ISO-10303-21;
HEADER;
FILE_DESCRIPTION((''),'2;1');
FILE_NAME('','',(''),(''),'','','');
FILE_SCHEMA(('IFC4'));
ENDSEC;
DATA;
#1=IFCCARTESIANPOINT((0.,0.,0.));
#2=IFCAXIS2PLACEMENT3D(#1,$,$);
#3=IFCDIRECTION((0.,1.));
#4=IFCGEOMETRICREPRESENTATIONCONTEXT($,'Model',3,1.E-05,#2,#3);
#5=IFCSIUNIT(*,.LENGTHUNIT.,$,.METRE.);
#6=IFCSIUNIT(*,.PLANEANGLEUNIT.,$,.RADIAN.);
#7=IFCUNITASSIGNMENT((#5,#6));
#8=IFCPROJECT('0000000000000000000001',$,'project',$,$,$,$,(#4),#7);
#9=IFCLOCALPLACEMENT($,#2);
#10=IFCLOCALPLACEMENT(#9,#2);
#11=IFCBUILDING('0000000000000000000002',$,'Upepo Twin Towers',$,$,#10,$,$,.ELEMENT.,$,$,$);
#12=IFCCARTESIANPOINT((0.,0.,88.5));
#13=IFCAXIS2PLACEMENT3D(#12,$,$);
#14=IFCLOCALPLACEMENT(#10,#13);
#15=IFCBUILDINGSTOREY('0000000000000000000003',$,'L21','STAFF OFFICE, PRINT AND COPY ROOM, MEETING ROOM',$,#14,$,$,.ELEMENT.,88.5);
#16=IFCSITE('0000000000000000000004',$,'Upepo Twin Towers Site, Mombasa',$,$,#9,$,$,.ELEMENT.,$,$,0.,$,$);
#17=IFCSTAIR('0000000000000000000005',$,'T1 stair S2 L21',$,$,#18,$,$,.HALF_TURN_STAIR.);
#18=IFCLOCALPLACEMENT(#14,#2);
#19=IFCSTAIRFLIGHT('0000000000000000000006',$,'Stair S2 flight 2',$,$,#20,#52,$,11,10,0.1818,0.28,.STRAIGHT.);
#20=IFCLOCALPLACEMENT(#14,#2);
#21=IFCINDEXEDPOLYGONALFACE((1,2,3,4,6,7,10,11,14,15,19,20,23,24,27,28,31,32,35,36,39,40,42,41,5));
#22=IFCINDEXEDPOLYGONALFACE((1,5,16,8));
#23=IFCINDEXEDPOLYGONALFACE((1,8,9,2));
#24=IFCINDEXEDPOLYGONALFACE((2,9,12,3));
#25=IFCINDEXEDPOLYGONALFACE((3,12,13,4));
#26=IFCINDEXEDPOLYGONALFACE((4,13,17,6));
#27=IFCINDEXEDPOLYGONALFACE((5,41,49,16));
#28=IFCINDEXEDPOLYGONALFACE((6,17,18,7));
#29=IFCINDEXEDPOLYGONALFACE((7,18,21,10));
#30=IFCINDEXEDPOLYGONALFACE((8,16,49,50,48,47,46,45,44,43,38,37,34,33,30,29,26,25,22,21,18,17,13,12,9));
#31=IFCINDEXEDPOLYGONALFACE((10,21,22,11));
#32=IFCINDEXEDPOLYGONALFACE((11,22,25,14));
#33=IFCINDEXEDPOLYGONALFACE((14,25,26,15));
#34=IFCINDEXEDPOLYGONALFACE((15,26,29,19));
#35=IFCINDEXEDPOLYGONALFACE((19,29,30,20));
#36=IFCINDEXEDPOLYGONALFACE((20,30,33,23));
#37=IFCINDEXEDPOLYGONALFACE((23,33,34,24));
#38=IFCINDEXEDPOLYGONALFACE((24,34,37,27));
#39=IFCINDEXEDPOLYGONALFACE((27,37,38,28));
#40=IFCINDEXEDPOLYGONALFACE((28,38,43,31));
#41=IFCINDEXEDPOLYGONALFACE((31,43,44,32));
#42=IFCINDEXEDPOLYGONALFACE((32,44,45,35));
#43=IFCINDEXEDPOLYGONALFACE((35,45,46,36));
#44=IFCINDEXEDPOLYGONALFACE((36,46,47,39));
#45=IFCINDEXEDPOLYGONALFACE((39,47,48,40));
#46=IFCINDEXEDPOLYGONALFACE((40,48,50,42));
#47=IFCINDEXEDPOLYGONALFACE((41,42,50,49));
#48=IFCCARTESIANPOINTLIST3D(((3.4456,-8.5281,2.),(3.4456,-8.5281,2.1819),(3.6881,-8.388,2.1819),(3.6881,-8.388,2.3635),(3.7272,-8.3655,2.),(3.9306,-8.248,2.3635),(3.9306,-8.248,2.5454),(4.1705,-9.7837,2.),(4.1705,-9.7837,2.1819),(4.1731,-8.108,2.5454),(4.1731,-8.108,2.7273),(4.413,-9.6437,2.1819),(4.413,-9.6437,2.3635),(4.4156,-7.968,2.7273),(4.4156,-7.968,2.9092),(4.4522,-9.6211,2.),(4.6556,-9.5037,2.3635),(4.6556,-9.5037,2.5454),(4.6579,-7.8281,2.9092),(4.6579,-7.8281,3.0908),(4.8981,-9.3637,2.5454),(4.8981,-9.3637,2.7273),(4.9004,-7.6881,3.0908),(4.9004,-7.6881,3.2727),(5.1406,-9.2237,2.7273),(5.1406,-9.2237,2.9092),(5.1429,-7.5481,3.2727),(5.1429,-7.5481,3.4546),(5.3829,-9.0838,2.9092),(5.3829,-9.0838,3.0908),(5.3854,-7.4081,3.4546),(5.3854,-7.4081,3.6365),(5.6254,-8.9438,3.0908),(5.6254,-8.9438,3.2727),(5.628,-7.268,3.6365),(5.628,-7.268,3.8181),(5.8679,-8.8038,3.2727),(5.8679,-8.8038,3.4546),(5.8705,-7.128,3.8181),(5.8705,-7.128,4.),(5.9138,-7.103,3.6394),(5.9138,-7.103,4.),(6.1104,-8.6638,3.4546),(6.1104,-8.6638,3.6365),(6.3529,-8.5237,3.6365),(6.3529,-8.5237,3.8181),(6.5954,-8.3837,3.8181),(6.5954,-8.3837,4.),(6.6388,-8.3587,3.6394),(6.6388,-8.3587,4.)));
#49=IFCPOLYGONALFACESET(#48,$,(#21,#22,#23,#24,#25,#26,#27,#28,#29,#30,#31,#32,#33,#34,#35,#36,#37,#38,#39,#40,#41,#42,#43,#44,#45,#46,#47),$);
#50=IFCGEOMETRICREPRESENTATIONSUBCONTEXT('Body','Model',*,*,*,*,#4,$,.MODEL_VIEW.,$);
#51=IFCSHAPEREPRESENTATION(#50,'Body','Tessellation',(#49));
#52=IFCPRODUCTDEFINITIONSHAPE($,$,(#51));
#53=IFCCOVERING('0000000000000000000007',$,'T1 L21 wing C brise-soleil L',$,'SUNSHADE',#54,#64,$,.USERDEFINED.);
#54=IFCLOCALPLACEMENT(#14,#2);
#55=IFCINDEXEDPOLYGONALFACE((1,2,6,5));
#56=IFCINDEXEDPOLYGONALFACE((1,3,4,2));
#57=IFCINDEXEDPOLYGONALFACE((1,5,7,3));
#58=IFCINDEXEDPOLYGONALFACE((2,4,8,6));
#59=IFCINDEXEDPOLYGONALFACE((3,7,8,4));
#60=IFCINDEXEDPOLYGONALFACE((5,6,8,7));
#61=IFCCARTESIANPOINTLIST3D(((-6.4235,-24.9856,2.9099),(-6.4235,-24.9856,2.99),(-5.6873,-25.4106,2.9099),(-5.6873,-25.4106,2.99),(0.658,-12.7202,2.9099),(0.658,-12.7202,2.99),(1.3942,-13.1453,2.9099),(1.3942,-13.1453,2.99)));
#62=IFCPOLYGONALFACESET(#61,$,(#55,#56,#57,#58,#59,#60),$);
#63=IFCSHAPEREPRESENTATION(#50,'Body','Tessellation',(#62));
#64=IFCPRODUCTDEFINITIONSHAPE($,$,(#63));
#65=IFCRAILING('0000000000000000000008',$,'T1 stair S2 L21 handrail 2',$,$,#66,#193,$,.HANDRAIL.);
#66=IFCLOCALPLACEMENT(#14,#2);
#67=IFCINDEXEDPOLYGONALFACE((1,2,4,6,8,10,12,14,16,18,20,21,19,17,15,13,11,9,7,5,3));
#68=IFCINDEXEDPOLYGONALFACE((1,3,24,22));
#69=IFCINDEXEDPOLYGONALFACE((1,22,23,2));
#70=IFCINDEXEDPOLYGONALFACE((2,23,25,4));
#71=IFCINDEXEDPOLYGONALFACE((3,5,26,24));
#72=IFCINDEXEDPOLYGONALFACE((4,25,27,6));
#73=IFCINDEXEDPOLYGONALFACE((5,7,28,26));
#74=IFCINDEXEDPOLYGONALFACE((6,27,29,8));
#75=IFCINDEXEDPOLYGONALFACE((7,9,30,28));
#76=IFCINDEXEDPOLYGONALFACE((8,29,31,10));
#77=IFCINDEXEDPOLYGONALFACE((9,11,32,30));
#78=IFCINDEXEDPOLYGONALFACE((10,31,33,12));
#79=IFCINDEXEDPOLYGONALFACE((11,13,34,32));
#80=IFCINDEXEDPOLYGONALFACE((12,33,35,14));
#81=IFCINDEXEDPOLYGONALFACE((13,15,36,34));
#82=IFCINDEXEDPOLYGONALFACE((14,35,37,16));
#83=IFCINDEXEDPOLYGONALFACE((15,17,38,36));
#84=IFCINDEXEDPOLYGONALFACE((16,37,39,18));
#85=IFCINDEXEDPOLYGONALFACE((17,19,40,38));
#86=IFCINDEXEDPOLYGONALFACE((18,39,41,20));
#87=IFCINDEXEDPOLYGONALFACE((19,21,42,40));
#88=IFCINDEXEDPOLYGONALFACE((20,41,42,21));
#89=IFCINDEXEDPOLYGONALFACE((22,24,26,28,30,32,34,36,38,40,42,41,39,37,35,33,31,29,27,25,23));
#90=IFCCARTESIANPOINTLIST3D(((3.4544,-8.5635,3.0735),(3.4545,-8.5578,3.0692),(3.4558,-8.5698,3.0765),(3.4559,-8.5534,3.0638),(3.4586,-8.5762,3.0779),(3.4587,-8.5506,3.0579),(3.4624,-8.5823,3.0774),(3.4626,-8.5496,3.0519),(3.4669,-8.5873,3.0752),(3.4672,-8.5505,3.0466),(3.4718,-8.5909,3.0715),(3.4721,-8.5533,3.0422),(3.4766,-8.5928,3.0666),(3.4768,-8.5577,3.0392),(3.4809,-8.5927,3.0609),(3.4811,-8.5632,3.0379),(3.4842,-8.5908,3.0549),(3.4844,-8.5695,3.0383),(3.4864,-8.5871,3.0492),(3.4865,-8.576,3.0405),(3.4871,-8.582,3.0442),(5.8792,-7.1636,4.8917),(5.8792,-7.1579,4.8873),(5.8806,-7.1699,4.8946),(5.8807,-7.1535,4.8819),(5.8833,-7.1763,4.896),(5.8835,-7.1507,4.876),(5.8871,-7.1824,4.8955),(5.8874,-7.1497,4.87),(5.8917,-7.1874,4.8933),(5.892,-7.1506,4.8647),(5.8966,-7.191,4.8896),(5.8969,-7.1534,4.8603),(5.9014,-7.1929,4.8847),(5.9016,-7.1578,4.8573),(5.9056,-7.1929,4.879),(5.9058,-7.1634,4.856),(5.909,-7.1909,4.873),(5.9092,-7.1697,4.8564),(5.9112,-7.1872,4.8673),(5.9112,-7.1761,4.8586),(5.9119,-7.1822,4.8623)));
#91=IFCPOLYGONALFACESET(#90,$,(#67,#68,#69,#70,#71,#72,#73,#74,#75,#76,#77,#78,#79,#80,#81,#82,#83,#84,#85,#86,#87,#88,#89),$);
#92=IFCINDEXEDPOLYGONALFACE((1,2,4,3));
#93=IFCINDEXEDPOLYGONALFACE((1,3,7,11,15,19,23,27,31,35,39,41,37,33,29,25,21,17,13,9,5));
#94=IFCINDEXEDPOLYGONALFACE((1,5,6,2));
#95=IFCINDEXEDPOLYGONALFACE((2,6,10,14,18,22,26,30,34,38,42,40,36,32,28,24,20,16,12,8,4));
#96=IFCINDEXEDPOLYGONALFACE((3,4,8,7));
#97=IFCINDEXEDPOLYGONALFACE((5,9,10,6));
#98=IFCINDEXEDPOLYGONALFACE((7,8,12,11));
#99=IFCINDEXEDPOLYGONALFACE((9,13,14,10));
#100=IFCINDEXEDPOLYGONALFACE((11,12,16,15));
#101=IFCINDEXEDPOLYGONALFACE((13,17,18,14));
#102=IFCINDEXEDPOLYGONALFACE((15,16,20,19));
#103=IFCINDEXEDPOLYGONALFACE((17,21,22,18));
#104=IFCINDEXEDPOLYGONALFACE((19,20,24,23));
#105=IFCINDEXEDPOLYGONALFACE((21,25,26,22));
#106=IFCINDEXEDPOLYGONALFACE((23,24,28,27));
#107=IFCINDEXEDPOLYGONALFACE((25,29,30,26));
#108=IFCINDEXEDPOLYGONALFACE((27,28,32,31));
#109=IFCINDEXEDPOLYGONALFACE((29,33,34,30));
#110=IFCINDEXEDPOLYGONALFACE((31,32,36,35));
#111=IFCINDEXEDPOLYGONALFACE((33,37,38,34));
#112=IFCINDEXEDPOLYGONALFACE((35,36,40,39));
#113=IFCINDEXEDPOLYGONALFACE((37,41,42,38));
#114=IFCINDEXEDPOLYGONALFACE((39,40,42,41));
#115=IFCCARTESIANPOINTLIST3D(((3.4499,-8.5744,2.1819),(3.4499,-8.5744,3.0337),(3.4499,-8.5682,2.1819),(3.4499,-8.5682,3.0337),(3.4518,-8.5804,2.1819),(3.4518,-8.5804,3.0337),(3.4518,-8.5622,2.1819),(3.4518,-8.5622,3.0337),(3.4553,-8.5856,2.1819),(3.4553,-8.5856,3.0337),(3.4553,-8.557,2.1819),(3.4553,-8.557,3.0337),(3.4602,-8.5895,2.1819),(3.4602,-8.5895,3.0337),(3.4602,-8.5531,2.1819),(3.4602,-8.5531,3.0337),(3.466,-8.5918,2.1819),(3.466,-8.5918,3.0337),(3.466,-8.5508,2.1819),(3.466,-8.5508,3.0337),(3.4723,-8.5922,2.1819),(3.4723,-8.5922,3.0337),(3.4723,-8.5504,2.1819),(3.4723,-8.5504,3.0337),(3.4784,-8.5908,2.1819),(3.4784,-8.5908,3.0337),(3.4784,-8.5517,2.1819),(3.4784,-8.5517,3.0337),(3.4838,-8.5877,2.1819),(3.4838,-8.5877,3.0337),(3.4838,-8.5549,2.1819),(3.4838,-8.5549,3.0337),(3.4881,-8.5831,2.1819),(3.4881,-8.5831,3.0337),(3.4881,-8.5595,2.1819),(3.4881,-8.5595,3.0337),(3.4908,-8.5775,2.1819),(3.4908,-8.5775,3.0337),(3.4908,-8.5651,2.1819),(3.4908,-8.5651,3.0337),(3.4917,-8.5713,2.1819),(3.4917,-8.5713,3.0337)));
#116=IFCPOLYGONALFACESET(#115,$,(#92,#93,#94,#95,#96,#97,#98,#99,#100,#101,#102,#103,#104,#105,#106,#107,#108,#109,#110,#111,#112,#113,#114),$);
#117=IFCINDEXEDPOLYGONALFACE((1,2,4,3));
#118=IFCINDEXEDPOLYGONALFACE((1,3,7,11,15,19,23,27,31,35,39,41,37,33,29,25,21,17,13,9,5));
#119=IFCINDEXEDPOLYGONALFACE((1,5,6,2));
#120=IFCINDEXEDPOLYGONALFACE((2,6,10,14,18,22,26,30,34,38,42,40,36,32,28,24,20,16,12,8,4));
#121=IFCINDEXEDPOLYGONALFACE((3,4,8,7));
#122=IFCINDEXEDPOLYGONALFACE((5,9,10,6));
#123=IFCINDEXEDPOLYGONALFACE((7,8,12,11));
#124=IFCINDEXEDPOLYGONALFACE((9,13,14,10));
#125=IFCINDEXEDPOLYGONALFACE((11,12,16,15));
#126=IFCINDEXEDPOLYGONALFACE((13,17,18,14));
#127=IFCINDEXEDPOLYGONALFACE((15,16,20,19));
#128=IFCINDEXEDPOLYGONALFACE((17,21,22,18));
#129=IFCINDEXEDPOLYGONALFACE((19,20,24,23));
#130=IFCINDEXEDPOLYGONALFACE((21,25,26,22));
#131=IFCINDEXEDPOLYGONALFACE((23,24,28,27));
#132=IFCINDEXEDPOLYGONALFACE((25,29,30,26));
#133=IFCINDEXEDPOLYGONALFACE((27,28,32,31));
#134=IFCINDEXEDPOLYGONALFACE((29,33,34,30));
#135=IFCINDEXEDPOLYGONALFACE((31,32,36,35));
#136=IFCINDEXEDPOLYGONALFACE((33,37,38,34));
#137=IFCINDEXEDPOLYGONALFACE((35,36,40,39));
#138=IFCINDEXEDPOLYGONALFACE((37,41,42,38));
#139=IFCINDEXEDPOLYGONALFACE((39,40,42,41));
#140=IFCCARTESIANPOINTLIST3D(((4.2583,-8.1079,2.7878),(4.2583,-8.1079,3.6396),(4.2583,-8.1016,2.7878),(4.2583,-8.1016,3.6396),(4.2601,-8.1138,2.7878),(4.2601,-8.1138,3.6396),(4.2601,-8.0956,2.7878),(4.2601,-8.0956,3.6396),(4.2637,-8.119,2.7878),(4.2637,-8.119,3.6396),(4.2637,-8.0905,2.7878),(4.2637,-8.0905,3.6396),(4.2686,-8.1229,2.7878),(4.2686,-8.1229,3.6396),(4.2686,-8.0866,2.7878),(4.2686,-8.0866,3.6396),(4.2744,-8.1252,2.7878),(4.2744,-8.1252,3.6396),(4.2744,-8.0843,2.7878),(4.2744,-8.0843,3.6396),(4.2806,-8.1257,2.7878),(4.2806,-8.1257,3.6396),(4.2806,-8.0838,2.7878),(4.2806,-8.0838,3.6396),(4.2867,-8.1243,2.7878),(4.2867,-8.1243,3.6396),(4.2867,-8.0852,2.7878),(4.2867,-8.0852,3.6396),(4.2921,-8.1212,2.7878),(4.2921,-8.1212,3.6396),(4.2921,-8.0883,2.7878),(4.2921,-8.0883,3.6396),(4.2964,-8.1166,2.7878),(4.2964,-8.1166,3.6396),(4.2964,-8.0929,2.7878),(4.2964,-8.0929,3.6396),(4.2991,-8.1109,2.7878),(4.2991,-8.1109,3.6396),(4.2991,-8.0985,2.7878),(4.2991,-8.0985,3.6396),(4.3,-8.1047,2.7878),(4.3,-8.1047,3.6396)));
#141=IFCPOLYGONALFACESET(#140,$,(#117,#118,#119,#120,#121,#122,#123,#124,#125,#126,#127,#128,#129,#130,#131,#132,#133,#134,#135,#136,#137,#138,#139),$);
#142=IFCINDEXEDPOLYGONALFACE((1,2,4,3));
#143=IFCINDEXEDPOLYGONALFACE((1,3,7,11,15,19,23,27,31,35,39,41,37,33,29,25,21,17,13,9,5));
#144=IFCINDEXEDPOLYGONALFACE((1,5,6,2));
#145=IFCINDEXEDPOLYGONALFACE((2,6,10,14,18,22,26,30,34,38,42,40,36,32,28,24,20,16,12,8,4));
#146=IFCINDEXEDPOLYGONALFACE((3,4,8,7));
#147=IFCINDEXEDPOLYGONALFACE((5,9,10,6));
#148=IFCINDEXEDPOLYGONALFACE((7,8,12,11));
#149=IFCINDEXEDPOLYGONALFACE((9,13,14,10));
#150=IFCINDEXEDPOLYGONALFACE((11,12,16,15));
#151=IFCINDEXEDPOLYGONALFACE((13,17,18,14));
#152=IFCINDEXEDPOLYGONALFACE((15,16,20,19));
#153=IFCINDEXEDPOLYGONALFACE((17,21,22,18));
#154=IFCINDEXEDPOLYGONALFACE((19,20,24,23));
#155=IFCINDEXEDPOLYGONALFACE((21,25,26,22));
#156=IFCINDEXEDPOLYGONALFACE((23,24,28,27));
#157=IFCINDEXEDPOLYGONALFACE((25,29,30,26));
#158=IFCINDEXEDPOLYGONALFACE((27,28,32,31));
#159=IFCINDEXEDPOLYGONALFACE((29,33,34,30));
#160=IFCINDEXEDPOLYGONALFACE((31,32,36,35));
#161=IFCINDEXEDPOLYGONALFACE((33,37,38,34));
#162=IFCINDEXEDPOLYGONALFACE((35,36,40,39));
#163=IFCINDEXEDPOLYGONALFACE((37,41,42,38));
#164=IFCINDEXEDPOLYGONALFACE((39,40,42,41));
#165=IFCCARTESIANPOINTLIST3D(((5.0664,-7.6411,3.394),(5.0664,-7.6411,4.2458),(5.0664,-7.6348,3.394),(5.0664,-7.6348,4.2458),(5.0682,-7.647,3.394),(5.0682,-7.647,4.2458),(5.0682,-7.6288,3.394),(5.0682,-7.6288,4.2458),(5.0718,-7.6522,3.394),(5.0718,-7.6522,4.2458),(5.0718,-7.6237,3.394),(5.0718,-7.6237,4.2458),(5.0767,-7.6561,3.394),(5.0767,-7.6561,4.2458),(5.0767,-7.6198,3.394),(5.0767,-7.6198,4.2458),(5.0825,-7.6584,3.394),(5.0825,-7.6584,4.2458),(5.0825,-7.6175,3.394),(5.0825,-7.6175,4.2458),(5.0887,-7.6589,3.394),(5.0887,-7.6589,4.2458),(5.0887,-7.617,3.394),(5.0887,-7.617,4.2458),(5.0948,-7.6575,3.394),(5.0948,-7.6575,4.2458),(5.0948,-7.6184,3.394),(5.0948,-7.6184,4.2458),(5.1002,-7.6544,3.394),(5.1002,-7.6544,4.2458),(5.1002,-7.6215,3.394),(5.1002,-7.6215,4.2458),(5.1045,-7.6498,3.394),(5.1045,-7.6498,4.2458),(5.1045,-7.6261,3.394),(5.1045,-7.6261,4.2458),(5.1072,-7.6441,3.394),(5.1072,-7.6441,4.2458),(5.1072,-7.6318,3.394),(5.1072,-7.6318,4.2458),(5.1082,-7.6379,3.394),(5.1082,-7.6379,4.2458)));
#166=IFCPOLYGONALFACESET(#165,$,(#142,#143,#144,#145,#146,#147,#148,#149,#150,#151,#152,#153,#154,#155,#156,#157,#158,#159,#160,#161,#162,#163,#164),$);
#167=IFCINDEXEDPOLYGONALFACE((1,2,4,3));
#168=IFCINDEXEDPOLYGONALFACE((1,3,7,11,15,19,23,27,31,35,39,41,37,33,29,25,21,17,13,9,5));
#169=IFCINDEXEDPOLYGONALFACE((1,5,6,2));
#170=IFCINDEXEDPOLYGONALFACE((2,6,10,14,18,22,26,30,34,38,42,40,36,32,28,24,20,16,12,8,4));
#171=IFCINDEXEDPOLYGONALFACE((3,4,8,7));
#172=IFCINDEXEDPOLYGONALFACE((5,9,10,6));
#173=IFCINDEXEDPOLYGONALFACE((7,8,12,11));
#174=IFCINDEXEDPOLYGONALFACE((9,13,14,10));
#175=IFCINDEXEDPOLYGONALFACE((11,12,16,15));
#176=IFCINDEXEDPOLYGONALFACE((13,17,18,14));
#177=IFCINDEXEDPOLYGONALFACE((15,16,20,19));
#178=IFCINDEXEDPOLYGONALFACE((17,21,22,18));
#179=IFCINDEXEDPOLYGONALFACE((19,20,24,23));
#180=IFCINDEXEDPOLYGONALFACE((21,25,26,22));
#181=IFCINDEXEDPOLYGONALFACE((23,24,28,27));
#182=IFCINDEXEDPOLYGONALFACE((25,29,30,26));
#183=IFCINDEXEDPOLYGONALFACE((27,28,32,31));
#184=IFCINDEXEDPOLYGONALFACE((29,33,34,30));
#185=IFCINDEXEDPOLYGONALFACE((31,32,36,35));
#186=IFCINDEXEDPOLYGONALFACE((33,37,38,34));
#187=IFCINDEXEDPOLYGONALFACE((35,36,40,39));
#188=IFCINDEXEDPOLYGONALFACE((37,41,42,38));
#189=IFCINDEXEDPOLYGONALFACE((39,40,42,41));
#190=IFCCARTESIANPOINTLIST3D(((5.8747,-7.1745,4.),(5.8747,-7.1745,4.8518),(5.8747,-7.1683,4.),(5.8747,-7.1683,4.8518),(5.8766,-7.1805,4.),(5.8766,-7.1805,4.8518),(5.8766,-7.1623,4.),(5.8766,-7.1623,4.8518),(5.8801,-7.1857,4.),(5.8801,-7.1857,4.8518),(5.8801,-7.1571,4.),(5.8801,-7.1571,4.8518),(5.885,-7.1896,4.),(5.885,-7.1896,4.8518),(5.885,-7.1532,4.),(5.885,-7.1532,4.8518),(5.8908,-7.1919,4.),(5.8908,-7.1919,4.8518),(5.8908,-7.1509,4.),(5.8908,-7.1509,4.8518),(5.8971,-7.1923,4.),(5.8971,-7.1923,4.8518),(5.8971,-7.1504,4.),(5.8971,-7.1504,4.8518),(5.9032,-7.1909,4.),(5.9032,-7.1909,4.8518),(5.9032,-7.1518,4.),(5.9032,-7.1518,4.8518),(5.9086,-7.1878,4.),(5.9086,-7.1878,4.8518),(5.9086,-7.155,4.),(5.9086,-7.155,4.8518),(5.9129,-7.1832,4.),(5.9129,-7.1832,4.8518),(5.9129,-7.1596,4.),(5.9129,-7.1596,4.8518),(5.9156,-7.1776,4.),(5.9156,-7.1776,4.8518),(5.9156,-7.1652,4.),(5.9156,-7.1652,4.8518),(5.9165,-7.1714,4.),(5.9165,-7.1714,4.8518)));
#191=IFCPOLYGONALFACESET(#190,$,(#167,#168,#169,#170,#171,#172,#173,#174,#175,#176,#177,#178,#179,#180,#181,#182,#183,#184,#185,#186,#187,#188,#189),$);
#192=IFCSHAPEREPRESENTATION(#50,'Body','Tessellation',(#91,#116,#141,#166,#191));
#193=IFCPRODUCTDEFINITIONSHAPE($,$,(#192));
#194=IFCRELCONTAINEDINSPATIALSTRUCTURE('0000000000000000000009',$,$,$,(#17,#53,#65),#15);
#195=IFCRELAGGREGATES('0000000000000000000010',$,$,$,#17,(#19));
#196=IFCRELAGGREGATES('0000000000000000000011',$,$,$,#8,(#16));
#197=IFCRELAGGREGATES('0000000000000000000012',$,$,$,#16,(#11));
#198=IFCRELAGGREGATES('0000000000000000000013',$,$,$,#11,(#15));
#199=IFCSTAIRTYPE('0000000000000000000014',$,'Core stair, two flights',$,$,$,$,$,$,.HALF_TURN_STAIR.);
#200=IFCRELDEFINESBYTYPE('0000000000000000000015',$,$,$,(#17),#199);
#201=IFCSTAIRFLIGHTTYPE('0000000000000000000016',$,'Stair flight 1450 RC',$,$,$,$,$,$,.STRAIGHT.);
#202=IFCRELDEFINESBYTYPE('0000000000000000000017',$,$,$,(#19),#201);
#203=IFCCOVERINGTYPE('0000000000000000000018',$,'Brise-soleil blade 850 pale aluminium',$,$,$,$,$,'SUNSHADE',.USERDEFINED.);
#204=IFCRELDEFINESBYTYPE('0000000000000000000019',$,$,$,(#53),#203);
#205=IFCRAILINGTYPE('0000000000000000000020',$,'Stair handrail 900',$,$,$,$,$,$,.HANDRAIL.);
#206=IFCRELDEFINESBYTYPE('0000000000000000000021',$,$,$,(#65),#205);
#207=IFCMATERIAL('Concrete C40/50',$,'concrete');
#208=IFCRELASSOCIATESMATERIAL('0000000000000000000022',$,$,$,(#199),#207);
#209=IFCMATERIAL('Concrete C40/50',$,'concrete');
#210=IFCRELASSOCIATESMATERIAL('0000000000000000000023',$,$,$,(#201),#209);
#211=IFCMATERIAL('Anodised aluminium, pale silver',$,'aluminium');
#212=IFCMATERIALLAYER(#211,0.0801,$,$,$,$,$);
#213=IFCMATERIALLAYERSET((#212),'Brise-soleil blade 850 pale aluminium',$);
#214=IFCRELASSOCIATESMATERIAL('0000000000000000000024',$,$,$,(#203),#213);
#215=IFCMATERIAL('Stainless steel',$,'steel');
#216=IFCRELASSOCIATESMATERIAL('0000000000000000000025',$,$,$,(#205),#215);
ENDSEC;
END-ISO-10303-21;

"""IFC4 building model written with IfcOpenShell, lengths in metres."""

from ifc_helpers import new_model, si_unit, direction, frame, origin, origin_2d, place, context, subcontext, project, spatial, polyline, rectangle, circle, outline, extrude, material, layer, layer_set, type_object, element, aggregate, save


model = new_model("IFC4")

# Units and contexts
model_context = context("Model", 3, precision=1e-05, world=origin(), true_north=direction((0.0, 1.0)))
body_context = subcontext(model_context, "Body", "Model", "MODEL_VIEW")
ifc_project = project(units=[si_unit("LENGTHUNIT", "METRE"), si_unit("PLANEANGLEUNIT", "RADIAN")], contexts=[model_context])

# Site, building, storey
site_placement = place(None, origin())
site = spatial("IfcSite", under=ifc_project, at=site_placement, Name="Upepo Twin Towers Site, Mombasa", CompositionType="ELEMENT", RefElevation=0.0)
building_placement = place(site_placement, origin())
building = spatial("IfcBuilding", under=site, at=building_placement, Name="Upepo Twin Towers", CompositionType="ELEMENT")
storey_placement = place(building_placement, frame((0.0, 0.0, 88.5)))
storey = spatial("IfcBuildingStorey", under=building, at=storey_placement, Name="L21", Description="STAFF OFFICE, PRINT AND COPY ROOM, MEETING ROOM", CompositionType="ELEMENT", Elevation=88.5)

# Stair, stair flight
ifc_material_1 = material(Name="Concrete C40/50", Category="concrete")
stair_type = type_object("IfcStairType", Name="Core stair, two flights", PredefinedType="HALF_TURN_STAIR", material=ifc_material_1)
stair_placement = place(storey_placement, origin())
stair = element("IfcStair", 1, at=stair_placement, inside=storey, type_object=stair_type, Name="T1 stair S2 L21", PredefinedType="HALF_TURN_STAIR")
ifc_material_2 = material(Name="Concrete C40/50", Category="concrete")
stair_flight_type = type_object("IfcStairFlightType", Name="Stair flight 1450 RC", PredefinedType="STRAIGHT", material=ifc_material_2)
stair_flight_placement = place(storey_placement, frame((3.8081, -9.156, 2.0), z_axis=(0.0, 0.0, 1.0), x_axis=(0.866025, 0.5, 0.0)))
stair_flight = element("IfcStairFlight", 2, at=stair_flight_placement, type_object=stair_flight_type, Name="Stair S2 flight 2", NumberOfRisers=11, NumberOfTreads=10, PredefinedType="STRAIGHT", RiserHeight=0.1818, TreadLength=0.28, context=body_context, shape_type="SweptSolid", body=[
    extrude(outline(polyline([(0.0, 0.0), (0.0, 0.1819), (0.28, 0.1819), (0.28, 0.3635), (0.5601, 0.3635), (0.5601, 0.5454), (0.8401, 0.5454), (0.8401, 0.7273), (1.1201, 0.7273), (1.1201, 0.9092), (1.3999, 0.9092), (1.3999, 1.0908), (1.6799, 1.0908), (1.6799, 1.2727), (1.96, 1.2727), (1.96, 1.4546), (2.24, 1.4546), (2.24, 1.6365), (2.52, 1.6365), (2.52, 1.8181), (2.8, 1.8181), (2.8, 2.0), (2.8501, 2.0), (2.8501, 1.6394), (0.3252, 0.0), (0.0, 0.0)])), frame((0.0, 0.7251, 0.0), z_axis=(0.0, -1.0, 0.0), x_axis=(1.0, 0.0, 0.0)), (0.0, 0.0, 1.0), 1.45),
])
aggregate(stair, [stair_flight])

# Covering
ifc_material_3 = material(Name="Anodised aluminium, pale silver", Category="aluminium")
ifc_layer_1 = layer(ifc_material_3, 0.0801)
ifc_layer_set_1 = layer_set([ifc_layer_1], Name="Brise-soleil blade 850 pale aluminium")
covering_type = type_object("IfcCoveringType", Name="Brise-soleil blade 850 pale aluminium", ElementType="SUNSHADE", PredefinedType="USERDEFINED", material=ifc_layer_set_1)
covering_placement = place(storey_placement, frame((-2.5146, -19.0654, 2.9099), z_axis=(0.0, 0.0, 1.0), x_axis=(-0.5, -0.866025, 0.0)))
element("IfcCovering", 3, at=covering_placement, inside=storey, type_object=covering_type, Name="T1 L21 wing C brise-soleil L", ObjectType="SUNSHADE", PredefinedType="USERDEFINED", context=body_context, shape_type="SweptSolid", body=[
    extrude(rectangle(XDim=14.1628, YDim=0.8501, at=origin_2d()), origin(), (0.0, 0.0, 1.0), 0.0801),
])

# Railing
ifc_material_4 = material(Name="Stainless steel", Category="steel")
railing_type = type_object("IfcRailingType", Name="Stair handrail 900", PredefinedType="HANDRAIL", material=ifc_material_4)
railing_placement = place(storey_placement, frame((3.4707, -8.5713, 2.1819)))
element("IfcRailing", 4, at=railing_placement, inside=storey, type_object=railing_type, Name="T1 stair S2 L21 handrail 2", PredefinedType="HANDRAIL", context=body_context, shape_type="SweptSolid", body=[
    extrude(circle(Radius=0.0239, at=origin_2d()), frame((0.0, 0.0, 0.876), z_axis=(0.726336, 0.419333, 0.544606), x_axis=(-0.499984, 0.866035, 0.0)), (0.0, 0.0, 1.0), 3.3384),
    extrude(circle(Radius=0.021, at=origin_2d()), origin(), (0.0, 0.0, 1.0), 0.8518),
    extrude(circle(Radius=0.021, at=origin_2d()), frame((0.8083, 0.4666, 0.606)), (0.0, 0.0, 1.0), 0.8518),
    extrude(circle(Radius=0.021, at=origin_2d()), frame((1.6165, 0.9333, 1.2122)), (0.0, 0.0, 1.0), 0.8518),
    extrude(circle(Radius=0.021, at=origin_2d()), frame((2.4248, 1.3999, 1.8181)), (0.0, 0.0, 1.0), 0.8518),
])

save(model, "model.ifc")
